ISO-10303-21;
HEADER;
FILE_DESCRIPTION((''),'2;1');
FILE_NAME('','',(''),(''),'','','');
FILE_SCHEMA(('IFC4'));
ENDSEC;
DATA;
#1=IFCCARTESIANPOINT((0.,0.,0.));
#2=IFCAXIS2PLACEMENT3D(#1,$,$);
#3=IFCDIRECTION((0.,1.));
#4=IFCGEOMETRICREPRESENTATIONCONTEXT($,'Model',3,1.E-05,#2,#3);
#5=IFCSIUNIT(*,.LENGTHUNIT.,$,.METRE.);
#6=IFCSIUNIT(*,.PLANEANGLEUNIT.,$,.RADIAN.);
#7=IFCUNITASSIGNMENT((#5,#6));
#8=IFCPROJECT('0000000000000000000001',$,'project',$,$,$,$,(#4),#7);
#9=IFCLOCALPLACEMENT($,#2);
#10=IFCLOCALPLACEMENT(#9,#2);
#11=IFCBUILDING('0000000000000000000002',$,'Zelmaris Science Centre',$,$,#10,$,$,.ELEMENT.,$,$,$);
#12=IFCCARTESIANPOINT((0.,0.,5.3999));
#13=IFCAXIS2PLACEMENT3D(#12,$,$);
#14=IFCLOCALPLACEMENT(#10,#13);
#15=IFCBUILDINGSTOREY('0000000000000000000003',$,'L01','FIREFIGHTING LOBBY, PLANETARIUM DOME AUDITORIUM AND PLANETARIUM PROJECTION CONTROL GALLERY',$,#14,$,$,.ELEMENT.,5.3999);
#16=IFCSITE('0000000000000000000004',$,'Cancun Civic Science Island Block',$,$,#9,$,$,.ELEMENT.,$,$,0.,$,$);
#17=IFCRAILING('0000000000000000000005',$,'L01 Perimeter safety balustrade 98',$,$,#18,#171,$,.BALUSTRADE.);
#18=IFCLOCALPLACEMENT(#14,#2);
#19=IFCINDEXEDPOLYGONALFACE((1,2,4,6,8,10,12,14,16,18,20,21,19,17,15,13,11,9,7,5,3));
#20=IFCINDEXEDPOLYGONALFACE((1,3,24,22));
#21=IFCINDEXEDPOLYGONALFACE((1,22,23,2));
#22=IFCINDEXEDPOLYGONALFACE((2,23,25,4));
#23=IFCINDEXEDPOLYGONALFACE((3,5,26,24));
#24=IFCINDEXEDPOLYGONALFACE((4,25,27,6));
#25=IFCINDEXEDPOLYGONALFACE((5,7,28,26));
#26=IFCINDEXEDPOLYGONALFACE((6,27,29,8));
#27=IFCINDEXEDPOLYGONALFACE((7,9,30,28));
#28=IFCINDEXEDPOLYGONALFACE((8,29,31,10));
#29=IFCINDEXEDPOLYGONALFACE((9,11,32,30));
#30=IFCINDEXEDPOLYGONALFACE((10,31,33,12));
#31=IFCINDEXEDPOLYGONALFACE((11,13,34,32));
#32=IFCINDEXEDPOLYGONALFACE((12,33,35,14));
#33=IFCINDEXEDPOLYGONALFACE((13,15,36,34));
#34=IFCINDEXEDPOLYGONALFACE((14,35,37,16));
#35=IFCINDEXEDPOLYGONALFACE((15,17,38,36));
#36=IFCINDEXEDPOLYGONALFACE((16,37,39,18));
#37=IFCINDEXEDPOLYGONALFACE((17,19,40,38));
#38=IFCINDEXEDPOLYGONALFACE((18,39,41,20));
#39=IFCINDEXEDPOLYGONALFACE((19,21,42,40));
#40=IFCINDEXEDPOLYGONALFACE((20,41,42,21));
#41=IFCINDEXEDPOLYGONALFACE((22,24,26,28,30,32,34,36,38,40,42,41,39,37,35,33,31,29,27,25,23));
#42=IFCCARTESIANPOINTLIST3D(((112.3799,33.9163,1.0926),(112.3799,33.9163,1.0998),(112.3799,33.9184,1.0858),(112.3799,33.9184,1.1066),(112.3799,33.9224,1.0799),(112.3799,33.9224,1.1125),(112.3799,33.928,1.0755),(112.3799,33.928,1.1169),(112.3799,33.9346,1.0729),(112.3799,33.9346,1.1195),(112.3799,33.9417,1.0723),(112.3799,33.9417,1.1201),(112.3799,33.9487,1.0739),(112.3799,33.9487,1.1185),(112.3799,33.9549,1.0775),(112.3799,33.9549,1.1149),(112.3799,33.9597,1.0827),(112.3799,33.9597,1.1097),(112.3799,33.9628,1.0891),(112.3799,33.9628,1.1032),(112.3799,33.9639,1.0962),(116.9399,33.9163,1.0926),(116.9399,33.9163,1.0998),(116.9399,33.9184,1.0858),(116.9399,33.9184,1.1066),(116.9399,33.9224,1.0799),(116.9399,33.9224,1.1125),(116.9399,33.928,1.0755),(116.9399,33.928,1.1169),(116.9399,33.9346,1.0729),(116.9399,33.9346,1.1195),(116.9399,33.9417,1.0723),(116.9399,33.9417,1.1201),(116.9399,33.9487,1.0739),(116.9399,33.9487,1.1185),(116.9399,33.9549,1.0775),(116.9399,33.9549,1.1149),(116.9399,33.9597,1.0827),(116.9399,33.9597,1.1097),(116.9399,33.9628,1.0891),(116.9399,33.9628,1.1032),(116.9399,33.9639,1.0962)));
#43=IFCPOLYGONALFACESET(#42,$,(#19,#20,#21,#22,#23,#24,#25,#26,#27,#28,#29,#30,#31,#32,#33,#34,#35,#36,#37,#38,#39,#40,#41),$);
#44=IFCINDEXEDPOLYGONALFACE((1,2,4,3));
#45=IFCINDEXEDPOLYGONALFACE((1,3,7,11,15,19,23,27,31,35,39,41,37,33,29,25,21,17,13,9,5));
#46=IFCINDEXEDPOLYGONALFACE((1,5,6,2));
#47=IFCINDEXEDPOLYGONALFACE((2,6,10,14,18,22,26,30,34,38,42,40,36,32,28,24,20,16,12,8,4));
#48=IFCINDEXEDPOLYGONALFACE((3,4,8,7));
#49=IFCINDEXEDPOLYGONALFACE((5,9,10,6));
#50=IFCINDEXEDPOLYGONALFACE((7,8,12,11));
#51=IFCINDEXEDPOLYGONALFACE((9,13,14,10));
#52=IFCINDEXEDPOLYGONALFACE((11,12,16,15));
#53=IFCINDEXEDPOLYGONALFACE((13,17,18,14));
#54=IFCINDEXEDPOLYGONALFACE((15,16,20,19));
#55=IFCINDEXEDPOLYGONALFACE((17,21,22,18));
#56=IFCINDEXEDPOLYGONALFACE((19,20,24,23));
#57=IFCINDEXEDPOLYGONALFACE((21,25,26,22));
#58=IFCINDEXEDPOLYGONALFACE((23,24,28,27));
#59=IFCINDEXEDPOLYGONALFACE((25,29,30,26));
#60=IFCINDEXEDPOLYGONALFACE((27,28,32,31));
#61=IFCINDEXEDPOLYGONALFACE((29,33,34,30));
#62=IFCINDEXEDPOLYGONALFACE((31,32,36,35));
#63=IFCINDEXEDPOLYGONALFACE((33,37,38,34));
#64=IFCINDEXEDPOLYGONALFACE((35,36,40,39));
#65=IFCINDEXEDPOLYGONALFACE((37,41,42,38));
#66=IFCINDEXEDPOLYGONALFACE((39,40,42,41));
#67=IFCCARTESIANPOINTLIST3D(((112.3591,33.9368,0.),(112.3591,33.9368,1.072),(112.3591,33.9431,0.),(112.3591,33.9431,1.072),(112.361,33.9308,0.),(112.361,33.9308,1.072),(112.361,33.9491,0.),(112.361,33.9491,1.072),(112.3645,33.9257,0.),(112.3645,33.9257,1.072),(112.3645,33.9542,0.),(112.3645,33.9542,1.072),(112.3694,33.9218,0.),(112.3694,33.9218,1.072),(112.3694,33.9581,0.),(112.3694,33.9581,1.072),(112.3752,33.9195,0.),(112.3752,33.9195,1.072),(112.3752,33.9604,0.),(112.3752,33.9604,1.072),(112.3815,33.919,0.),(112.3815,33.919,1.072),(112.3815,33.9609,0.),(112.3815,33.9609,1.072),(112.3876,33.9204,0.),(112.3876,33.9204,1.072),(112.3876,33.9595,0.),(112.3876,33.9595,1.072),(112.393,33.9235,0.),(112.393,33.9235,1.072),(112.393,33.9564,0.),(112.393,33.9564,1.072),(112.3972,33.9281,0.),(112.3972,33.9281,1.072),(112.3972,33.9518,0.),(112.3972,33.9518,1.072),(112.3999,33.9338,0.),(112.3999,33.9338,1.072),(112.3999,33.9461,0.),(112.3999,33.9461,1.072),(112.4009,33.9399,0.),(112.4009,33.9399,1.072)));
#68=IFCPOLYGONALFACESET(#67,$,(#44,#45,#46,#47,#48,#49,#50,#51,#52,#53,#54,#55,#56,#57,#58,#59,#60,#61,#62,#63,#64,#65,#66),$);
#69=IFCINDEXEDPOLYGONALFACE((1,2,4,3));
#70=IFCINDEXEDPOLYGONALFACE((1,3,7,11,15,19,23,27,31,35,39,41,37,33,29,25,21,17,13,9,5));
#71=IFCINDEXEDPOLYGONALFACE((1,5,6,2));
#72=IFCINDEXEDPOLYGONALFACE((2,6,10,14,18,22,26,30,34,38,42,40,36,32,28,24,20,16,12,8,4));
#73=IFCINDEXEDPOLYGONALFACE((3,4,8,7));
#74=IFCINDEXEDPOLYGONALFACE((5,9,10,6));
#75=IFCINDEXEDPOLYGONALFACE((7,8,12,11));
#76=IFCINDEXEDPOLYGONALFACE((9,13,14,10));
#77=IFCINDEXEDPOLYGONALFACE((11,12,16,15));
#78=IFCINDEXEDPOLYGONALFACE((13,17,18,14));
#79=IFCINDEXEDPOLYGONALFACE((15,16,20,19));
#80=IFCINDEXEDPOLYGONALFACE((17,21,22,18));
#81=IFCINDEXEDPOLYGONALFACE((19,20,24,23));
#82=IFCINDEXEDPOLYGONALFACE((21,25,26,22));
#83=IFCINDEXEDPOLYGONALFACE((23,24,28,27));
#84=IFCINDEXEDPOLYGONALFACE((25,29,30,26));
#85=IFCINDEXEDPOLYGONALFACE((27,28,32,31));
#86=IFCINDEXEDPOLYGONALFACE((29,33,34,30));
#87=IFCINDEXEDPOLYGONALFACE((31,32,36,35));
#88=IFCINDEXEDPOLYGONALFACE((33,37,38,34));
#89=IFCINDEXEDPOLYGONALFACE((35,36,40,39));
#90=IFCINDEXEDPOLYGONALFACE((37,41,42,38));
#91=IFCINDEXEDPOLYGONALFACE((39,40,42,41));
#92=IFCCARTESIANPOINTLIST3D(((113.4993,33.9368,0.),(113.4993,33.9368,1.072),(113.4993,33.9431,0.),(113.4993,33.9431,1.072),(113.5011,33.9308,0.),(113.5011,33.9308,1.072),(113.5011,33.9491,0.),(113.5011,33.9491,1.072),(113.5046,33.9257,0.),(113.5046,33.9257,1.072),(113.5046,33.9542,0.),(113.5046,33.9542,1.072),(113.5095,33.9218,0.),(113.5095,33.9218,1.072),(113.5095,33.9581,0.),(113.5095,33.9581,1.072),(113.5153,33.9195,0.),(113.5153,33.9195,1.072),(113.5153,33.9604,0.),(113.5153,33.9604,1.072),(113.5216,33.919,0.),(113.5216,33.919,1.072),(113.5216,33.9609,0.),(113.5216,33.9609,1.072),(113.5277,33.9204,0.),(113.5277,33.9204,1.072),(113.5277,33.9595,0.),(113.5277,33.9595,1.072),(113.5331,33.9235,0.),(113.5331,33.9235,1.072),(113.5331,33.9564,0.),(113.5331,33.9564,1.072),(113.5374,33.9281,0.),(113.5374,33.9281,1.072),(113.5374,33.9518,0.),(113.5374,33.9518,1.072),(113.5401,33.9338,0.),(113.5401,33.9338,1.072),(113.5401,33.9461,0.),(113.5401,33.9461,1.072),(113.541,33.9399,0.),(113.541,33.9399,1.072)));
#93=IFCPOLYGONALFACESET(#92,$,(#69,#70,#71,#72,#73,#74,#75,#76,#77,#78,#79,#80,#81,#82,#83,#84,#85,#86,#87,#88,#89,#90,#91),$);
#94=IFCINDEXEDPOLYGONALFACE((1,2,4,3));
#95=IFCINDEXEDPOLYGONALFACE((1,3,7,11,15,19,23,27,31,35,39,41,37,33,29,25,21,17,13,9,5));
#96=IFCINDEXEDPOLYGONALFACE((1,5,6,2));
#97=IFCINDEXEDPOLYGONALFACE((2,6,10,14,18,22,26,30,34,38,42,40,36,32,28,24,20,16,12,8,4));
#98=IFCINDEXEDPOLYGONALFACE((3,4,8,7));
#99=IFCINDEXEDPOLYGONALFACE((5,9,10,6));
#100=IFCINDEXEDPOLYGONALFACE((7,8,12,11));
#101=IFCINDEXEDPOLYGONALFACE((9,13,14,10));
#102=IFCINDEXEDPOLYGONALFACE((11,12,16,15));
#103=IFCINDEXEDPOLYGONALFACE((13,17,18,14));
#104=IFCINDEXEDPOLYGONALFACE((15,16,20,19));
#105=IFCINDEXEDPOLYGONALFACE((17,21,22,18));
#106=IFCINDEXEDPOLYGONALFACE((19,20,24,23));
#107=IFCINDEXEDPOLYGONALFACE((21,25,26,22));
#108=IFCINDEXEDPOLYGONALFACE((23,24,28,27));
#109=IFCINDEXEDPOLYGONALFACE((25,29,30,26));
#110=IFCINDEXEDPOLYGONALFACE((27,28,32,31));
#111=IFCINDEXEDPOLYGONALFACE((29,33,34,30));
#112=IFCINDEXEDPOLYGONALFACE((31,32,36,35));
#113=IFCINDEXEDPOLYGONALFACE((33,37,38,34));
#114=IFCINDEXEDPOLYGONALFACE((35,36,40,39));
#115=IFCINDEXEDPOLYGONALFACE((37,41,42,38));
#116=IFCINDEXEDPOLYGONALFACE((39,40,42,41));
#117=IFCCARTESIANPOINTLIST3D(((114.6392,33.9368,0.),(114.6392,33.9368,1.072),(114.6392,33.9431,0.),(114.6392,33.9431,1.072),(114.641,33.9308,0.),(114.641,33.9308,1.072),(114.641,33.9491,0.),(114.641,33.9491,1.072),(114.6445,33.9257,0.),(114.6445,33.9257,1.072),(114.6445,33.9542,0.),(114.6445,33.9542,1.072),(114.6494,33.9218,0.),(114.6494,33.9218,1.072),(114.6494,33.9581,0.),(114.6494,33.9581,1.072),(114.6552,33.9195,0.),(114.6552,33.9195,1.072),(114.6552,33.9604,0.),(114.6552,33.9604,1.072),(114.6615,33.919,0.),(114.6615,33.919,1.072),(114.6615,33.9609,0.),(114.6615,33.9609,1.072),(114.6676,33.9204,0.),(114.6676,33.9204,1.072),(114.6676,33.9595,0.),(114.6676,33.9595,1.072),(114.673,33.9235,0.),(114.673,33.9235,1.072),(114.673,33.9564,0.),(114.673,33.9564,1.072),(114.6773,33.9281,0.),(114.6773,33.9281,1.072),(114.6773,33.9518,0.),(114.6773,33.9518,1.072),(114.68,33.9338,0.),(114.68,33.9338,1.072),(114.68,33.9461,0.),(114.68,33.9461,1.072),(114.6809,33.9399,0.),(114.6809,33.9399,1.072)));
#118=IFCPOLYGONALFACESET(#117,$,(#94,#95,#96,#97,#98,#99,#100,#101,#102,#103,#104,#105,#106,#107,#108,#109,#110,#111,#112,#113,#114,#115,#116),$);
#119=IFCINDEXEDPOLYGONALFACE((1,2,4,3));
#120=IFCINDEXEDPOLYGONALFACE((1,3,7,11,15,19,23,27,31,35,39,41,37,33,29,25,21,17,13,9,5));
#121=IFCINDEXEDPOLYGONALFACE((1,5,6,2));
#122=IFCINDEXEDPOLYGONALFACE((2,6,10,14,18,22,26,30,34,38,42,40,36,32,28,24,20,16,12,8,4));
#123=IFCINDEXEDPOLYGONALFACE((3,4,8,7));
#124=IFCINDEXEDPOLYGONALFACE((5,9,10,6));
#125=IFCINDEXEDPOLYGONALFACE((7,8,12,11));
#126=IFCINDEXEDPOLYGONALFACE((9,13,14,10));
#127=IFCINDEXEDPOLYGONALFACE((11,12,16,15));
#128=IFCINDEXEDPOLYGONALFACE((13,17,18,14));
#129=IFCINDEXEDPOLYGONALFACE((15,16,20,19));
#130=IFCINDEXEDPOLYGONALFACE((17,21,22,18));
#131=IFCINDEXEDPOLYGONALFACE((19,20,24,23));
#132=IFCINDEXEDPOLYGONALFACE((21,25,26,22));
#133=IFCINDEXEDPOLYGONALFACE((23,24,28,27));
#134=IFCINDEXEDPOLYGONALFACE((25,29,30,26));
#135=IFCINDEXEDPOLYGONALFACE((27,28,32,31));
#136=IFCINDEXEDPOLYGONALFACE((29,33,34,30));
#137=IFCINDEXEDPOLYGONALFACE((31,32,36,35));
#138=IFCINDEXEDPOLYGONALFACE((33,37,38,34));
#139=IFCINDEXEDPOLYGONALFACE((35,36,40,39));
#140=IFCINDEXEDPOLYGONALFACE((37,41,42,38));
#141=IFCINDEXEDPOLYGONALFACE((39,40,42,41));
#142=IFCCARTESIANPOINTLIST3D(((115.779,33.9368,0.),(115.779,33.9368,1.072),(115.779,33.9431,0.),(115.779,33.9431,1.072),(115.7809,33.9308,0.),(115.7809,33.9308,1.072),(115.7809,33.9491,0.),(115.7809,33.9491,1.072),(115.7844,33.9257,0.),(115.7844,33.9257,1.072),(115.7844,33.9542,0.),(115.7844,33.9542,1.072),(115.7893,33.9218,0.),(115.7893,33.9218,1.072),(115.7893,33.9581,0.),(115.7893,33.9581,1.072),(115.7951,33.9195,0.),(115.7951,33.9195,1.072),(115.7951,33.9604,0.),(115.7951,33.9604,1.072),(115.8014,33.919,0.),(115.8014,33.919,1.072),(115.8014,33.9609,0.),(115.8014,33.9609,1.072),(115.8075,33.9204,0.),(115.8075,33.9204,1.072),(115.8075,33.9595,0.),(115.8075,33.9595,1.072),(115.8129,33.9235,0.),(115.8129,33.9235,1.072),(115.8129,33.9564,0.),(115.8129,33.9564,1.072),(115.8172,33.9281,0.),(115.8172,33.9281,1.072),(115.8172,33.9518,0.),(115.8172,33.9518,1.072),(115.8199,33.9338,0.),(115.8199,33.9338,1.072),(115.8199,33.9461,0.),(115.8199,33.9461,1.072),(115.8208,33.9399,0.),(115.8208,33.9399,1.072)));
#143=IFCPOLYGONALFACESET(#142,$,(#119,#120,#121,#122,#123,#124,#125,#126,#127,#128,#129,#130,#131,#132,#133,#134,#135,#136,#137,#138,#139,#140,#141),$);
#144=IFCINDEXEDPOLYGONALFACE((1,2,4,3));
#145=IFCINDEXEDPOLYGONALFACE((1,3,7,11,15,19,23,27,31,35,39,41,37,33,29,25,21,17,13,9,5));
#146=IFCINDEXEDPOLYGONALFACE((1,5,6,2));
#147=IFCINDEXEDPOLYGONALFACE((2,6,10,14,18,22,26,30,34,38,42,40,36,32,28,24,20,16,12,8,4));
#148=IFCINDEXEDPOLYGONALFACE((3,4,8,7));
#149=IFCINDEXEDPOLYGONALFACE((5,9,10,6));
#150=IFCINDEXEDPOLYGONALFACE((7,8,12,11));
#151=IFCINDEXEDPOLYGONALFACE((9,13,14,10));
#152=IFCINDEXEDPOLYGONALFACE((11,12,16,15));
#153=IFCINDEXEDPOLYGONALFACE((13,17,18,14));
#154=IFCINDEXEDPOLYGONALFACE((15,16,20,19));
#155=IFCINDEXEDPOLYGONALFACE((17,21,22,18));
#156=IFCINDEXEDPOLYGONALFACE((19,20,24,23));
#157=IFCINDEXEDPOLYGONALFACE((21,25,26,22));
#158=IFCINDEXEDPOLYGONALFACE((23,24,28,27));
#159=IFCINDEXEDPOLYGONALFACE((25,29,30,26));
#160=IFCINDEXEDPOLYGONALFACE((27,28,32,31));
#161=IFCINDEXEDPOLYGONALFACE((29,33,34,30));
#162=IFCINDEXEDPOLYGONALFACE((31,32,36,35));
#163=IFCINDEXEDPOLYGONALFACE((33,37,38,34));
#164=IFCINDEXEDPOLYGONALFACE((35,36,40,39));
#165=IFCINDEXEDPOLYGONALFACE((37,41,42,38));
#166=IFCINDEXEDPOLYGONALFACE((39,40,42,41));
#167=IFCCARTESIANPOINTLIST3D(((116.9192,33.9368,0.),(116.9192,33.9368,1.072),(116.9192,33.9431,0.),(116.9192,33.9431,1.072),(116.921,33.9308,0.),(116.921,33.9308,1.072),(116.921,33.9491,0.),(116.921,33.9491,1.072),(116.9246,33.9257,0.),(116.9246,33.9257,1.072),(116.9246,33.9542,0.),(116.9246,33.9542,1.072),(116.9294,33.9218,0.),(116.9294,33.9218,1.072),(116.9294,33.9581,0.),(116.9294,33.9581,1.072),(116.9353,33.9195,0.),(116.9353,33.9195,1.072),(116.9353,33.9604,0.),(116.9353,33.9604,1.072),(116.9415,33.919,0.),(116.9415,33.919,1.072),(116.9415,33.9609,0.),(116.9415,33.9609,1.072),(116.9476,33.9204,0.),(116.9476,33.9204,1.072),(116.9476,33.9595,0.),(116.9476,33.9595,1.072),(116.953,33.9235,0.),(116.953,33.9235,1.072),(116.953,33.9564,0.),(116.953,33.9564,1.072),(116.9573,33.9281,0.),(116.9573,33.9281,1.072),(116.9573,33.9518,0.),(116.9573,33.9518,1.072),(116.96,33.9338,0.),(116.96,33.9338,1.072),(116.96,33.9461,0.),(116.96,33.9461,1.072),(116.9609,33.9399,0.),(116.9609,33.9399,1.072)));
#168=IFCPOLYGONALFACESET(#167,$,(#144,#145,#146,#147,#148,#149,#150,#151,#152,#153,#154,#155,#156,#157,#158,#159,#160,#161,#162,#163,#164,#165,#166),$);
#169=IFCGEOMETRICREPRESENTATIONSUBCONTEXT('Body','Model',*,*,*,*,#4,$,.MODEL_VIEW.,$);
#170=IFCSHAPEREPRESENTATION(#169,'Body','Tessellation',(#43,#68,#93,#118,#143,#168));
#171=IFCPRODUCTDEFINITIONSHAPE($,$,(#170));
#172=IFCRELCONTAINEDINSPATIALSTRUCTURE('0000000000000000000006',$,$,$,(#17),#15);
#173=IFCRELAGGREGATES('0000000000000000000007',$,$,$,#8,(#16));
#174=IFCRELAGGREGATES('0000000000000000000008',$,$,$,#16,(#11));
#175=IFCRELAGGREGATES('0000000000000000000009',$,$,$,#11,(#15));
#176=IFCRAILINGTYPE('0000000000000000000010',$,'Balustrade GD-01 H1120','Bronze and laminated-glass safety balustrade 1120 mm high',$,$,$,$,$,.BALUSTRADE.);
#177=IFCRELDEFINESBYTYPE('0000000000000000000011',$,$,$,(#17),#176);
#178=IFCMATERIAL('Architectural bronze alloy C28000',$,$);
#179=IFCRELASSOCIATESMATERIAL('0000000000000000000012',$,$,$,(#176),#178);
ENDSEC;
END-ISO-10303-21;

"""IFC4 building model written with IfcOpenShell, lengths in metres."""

from ifc_helpers import new_model, si_unit, direction, frame, origin, origin_2d, place, context, subcontext, project, spatial, circle, extrude, material, type_object, element, save


model = new_model("IFC4")

# Units and contexts
model_context = context("Model", 3, precision=1e-05, world=origin(), true_north=direction((0.0, 1.0)))
body_context = subcontext(model_context, "Body", "Model", "MODEL_VIEW")
ifc_project = project(units=[si_unit("LENGTHUNIT", "METRE"), si_unit("PLANEANGLEUNIT", "RADIAN")], contexts=[model_context])

# Site, building, storey
site_placement = place(None, origin())
site = spatial("IfcSite", under=ifc_project, at=site_placement, Name="Cancun Civic Science Island Block", CompositionType="ELEMENT", RefElevation=0.0)
building_placement = place(site_placement, origin())
building = spatial("IfcBuilding", under=site, at=building_placement, Name="Zelmaris Science Centre", CompositionType="ELEMENT")
storey_placement = place(building_placement, frame((0.0, 0.0, 5.3999)))
storey = spatial("IfcBuildingStorey", under=building, at=storey_placement, Name="L01", Description="FIREFIGHTING LOBBY, PLANETARIUM DOME AUDITORIUM AND PLANETARIUM PROJECTION CONTROL GALLERY", CompositionType="ELEMENT", Elevation=5.3999)

# Railing
ifc_material_1 = material(Name="Architectural bronze alloy C28000")
railing_type = type_object("IfcRailingType", Name="Balustrade GD-01 H1120", Description="Bronze and laminated-glass safety balustrade 1120 mm high", PredefinedType="BALUSTRADE", material=ifc_material_1)
railing_1_placement = place(storey_placement, frame((112.3799, 33.9399, 0.0)))
element("IfcRailing", 1, at=railing_1_placement, inside=storey, type_object=railing_type, Name="L01 Perimeter safety balustrade 98", PredefinedType="BALUSTRADE", context=body_context, shape_type="SweptSolid", body=[
    extrude(circle(Radius=0.0239, at=origin_2d()), frame((0.0, 0.0, 1.0962), z_axis=(1.0, 0.0, 0.0), x_axis=(0.0, 1.0, 0.0)), (0.0, 0.0, 1.0), 4.5601),
    extrude(circle(Radius=0.021, at=origin_2d()), origin(), (0.0, 0.0, 1.0), 1.072),
    extrude(circle(Radius=0.021, at=origin_2d()), frame((1.1401, 0.0, 0.0)), (0.0, 0.0, 1.0), 1.072),
    extrude(circle(Radius=0.021, at=origin_2d()), frame((2.28, 0.0, 0.0)), (0.0, 0.0, 1.0), 1.072),
    extrude(circle(Radius=0.021, at=origin_2d()), frame((3.4199, 0.0, 0.0)), (0.0, 0.0, 1.0), 1.072),
    extrude(circle(Radius=0.021, at=origin_2d()), frame((4.5601, 0.0, 0.0)), (0.0, 0.0, 1.0), 1.072),
])

save(model, "model.ifc")
